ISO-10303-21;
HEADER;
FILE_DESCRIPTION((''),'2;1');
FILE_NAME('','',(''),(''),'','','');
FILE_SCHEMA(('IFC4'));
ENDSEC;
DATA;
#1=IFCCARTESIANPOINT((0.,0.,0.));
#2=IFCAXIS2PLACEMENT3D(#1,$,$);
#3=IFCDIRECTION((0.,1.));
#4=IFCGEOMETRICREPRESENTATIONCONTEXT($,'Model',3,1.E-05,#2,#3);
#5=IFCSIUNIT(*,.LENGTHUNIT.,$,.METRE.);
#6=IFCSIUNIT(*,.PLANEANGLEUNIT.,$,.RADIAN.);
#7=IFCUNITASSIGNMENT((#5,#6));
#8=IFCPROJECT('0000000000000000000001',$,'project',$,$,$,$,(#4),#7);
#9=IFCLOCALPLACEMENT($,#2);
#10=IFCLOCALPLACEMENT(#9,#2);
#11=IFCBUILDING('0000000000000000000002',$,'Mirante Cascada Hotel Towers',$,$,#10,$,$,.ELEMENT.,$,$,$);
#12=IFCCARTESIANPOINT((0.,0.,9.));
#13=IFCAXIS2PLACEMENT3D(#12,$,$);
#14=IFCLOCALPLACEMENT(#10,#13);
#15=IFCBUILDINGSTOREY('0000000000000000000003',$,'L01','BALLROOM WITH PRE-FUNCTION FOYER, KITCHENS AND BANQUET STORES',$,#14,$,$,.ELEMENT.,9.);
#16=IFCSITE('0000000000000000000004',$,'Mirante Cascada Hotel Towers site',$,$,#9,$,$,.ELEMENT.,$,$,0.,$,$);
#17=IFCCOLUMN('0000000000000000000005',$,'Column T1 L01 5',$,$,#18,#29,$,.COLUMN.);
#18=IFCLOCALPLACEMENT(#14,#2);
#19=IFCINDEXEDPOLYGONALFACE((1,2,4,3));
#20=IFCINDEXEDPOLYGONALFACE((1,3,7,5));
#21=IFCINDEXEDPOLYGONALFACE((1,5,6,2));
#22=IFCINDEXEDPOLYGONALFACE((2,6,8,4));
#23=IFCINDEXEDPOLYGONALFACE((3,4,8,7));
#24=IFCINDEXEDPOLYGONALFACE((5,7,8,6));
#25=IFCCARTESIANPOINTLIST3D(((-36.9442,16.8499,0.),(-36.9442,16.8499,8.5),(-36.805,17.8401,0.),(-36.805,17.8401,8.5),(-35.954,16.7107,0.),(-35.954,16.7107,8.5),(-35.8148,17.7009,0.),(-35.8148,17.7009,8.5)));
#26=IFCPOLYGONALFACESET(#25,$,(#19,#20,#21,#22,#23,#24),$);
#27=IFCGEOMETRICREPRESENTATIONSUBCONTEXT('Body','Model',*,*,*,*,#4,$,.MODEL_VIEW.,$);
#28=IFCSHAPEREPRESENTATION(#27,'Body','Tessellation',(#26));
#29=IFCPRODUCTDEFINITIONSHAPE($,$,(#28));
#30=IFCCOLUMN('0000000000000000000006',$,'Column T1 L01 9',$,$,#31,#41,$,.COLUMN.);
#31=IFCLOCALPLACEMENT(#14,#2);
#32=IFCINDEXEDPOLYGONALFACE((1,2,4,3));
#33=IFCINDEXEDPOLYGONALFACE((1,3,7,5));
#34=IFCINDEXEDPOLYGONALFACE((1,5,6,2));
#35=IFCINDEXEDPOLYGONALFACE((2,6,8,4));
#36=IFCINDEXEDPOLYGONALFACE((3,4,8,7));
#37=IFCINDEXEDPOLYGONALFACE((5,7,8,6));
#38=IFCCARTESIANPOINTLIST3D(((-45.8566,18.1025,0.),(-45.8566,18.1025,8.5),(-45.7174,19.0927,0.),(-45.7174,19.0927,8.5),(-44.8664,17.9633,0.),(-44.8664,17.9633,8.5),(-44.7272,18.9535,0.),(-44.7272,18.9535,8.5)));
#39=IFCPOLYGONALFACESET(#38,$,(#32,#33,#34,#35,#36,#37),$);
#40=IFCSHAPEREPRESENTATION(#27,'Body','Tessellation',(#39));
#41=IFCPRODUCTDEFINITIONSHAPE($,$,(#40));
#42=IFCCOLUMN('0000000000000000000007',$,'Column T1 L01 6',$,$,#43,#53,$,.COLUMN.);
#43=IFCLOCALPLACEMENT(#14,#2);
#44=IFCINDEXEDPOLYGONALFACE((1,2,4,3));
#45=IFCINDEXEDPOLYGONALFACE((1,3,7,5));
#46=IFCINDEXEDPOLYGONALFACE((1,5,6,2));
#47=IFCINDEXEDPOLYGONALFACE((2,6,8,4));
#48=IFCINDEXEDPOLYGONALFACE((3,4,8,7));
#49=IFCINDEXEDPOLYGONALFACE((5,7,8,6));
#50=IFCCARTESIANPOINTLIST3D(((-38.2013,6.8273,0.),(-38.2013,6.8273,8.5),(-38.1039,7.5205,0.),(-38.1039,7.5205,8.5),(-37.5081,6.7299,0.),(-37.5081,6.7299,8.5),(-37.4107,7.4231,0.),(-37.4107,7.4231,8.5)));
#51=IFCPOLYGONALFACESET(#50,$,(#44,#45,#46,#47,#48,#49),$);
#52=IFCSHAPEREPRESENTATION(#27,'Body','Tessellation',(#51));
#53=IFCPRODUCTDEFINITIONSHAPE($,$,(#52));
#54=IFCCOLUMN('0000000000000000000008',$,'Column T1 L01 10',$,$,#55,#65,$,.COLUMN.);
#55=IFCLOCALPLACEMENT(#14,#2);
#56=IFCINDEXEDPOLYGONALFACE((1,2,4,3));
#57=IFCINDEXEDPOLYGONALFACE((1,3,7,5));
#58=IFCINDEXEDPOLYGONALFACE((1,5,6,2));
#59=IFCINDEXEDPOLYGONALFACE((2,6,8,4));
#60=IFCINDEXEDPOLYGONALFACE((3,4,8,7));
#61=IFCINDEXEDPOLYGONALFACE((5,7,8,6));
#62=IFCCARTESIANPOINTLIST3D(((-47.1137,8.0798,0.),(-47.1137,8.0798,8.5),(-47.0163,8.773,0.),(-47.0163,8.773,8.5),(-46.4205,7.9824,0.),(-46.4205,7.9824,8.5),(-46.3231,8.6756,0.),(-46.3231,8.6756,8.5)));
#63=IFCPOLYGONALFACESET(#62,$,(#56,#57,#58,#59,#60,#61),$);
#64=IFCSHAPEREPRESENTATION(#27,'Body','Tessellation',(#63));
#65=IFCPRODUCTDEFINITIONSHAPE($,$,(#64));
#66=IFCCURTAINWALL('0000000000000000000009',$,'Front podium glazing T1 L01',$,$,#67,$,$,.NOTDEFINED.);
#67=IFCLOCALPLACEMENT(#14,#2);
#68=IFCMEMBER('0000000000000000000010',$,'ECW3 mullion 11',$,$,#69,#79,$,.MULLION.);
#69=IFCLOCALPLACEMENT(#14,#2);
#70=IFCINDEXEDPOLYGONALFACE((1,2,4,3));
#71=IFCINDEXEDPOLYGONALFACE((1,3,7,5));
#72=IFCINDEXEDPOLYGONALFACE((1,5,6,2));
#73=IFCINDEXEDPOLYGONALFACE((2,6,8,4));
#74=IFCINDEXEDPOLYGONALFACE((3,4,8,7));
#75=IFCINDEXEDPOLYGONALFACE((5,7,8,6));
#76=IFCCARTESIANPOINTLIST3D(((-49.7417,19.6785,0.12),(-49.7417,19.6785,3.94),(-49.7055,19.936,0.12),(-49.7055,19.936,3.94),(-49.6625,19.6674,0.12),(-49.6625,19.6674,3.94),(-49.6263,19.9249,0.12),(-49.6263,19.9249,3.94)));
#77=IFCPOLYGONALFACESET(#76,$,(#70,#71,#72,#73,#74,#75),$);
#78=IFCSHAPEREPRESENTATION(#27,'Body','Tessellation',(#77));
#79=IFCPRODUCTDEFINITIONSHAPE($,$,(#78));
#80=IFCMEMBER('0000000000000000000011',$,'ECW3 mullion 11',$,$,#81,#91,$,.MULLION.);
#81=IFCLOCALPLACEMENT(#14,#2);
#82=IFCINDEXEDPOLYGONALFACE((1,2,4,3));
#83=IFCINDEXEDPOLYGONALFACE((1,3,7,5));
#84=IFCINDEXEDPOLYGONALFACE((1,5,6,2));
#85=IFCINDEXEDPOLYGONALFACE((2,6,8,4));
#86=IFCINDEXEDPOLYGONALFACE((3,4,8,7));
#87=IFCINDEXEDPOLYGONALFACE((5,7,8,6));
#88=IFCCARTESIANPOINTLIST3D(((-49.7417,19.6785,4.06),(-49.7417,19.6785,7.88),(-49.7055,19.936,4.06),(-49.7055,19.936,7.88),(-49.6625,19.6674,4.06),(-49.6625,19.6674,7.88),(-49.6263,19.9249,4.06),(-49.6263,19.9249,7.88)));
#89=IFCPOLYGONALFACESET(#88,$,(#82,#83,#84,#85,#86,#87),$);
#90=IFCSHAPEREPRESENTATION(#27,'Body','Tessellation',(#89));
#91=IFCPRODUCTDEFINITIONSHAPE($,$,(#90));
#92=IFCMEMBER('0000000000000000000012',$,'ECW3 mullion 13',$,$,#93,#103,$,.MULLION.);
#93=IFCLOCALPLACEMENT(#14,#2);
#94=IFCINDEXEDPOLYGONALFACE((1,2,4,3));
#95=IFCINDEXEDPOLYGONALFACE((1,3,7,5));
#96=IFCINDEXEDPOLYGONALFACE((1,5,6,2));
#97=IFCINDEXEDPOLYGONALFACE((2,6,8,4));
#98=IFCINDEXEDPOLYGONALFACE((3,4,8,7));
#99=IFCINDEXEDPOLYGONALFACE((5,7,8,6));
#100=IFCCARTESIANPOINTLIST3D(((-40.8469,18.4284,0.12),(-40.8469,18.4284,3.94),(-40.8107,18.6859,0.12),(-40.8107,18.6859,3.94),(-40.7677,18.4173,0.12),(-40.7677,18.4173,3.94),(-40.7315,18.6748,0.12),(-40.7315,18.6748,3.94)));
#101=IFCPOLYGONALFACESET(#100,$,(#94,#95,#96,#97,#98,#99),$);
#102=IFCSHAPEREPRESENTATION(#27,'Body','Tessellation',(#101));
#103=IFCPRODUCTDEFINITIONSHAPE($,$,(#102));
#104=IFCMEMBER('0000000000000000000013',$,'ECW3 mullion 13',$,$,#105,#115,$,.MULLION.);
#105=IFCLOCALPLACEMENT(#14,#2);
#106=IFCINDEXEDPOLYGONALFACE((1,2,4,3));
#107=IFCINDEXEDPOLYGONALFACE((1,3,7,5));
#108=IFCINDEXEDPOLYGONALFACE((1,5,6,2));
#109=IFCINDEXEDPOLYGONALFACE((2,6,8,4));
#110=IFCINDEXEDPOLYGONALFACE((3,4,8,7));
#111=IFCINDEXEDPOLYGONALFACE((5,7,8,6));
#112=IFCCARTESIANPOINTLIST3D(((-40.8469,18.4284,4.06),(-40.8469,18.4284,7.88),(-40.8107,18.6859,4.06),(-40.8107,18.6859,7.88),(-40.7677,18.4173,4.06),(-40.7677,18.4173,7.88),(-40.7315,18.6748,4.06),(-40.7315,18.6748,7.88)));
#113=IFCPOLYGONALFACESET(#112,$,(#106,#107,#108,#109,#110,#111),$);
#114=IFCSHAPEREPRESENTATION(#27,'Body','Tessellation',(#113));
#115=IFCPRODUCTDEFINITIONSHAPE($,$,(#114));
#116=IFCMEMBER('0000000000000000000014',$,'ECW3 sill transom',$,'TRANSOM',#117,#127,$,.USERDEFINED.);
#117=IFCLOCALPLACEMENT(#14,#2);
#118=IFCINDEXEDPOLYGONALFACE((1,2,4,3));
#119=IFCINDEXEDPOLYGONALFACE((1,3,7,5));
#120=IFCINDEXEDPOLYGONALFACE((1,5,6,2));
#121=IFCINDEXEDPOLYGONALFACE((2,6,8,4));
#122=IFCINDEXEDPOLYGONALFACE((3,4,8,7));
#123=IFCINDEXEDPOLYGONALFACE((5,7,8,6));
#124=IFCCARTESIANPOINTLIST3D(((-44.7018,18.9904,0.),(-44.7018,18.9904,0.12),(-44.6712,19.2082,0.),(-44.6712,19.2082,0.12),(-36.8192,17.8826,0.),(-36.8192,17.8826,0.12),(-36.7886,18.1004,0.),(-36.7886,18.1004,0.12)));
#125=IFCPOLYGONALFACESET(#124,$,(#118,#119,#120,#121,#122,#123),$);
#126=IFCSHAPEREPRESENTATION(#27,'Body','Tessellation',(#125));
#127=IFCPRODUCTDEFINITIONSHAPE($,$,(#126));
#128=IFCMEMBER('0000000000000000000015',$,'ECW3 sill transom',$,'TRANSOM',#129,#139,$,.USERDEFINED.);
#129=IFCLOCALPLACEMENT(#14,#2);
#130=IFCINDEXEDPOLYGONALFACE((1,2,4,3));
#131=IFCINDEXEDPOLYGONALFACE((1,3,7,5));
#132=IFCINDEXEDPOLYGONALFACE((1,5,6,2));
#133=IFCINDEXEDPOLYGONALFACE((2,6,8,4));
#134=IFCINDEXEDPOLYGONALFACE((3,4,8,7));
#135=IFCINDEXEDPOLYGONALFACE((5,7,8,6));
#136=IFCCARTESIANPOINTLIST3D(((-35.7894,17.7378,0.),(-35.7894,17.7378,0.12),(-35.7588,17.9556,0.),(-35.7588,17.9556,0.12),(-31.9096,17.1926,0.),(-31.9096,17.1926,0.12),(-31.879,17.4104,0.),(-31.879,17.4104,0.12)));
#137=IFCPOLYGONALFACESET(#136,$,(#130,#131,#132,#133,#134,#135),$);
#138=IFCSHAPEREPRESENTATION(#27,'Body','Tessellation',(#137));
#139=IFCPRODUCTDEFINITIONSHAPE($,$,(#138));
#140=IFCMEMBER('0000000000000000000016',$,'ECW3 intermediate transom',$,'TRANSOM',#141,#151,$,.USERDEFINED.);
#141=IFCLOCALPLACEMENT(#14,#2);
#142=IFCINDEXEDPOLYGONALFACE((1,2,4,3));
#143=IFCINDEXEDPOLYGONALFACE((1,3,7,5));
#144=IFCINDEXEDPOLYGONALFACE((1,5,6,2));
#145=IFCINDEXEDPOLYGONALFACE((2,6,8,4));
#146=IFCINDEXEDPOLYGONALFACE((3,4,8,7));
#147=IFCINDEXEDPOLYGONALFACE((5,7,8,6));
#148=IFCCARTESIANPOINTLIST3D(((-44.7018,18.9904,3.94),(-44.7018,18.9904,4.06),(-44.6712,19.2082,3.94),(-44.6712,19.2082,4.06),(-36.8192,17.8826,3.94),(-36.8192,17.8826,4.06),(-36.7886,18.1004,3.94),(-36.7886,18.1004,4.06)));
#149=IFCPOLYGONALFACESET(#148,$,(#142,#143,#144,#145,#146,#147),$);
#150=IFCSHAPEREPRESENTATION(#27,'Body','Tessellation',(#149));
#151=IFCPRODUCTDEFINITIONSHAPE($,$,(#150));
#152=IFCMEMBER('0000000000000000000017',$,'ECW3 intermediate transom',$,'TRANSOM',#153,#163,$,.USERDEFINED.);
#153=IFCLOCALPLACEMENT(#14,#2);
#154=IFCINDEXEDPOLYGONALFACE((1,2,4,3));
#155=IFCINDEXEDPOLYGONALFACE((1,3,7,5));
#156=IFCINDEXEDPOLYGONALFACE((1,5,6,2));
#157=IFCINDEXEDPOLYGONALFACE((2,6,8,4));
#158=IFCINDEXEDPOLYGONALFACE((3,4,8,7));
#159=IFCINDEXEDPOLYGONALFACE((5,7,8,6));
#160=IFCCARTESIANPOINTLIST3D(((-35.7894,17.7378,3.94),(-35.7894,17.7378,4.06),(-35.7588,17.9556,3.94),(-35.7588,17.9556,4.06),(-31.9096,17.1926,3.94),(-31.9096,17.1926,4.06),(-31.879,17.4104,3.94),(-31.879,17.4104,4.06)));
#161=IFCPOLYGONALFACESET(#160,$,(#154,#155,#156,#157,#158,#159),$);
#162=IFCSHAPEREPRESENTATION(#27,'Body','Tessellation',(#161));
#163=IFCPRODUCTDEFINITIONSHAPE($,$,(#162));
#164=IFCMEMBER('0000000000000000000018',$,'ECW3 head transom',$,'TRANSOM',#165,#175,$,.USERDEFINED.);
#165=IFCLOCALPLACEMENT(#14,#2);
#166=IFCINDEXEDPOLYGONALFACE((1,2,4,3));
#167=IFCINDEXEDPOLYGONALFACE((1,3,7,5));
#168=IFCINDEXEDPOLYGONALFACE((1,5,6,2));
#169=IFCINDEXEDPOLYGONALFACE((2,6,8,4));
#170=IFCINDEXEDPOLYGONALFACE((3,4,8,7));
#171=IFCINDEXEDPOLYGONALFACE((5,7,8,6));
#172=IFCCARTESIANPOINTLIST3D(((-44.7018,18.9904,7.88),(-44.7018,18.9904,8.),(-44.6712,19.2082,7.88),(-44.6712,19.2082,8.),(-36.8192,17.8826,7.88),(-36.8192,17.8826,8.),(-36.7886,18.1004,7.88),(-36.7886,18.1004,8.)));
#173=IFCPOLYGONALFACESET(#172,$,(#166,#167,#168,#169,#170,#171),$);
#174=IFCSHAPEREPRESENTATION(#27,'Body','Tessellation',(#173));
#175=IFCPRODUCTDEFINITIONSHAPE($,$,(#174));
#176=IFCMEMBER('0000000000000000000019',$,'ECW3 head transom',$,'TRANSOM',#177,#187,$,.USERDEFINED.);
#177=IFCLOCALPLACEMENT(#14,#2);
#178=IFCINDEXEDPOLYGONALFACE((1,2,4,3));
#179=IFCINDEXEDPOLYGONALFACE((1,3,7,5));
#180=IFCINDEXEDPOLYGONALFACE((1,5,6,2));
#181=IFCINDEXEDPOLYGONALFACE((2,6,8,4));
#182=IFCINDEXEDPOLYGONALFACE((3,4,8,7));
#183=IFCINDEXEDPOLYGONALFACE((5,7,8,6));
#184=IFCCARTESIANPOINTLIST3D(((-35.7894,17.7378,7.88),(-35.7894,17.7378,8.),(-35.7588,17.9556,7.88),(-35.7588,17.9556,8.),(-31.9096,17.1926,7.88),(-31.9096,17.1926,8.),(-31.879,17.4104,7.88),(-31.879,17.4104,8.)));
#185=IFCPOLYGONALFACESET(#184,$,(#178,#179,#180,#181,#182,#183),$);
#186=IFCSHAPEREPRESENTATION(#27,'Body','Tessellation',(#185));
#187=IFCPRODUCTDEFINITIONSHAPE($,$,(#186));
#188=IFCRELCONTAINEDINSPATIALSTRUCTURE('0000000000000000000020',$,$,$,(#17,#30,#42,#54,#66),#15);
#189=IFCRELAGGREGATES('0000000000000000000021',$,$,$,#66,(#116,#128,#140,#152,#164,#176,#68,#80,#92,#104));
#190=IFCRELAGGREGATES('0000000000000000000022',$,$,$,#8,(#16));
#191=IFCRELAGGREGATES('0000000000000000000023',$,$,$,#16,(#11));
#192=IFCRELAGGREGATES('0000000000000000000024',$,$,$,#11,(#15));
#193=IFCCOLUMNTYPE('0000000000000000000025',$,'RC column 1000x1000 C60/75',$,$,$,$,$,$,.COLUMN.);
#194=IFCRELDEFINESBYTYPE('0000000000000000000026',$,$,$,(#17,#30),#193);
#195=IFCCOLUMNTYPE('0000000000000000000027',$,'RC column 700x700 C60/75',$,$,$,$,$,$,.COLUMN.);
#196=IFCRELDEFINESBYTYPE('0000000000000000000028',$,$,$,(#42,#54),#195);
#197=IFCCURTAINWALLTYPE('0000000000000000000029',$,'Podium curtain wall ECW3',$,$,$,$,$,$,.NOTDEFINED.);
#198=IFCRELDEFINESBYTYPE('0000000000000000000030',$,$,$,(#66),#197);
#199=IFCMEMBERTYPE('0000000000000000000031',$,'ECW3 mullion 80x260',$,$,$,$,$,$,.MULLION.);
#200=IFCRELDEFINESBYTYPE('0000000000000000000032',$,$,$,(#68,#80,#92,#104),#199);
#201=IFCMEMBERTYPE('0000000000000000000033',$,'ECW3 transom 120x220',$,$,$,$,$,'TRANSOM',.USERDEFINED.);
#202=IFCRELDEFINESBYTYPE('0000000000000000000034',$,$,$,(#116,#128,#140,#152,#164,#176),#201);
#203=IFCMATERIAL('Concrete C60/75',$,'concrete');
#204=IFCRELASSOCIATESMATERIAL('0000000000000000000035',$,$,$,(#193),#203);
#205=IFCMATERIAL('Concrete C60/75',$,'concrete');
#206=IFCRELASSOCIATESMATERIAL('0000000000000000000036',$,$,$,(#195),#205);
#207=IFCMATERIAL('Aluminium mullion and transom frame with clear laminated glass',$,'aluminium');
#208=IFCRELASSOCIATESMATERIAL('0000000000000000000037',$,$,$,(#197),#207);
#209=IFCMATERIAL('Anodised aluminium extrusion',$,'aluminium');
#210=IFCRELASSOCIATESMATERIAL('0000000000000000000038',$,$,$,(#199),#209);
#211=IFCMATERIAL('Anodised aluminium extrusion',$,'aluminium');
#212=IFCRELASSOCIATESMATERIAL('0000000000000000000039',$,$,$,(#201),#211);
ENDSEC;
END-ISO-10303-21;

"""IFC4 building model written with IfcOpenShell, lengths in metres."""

from ifc_helpers import new_model, si_unit, direction, frame, origin, origin_2d, place, context, subcontext, project, spatial, rectangle, extrude, material, material_profile, profile_set, type_object, element, aggregate, save


model = new_model("IFC4")

# Units and contexts
model_context = context("Model", 3, precision=1e-05, world=origin(), true_north=direction((0.0, 1.0)))
body_context = subcontext(model_context, "Body", "Model", "MODEL_VIEW")
ifc_project = project(units=[si_unit("LENGTHUNIT", "METRE"), si_unit("PLANEANGLEUNIT", "RADIAN")], contexts=[model_context])

# Site, building, storey
site_placement = place(None, origin())
site = spatial("IfcSite", under=ifc_project, at=site_placement, Name="Mirante Cascada Hotel Towers site", CompositionType="ELEMENT", RefElevation=0.0)
building_placement = place(site_placement, origin())
building = spatial("IfcBuilding", under=site, at=building_placement, Name="Mirante Cascada Hotel Towers", CompositionType="ELEMENT")
storey_placement = place(building_placement, frame((0.0, 0.0, 9.0)))
storey = spatial("IfcBuildingStorey", under=building, at=storey_placement, Name="L01", Description="BALLROOM WITH PRE-FUNCTION FOYER, KITCHENS AND BANQUET STORES", CompositionType="ELEMENT", Elevation=9.0)

# Columns
ifc_material_1 = material(Name="Concrete C60/75", Category="concrete")
ifc_material_profile_1 = material_profile(ifc_material_1, rectangle(XDim=1.0, YDim=1.0, at=origin_2d()), Name="RC column 1000x1000 C60/75")
ifc_profile_set_1 = profile_set([ifc_material_profile_1], Name="Concrete C60/75")
column_type_1 = type_object("IfcColumnType", Name="RC column 1000x1000 C60/75", PredefinedType="COLUMN", material=ifc_profile_set_1)
for number, where, z_axis, x_axis, name in (
    (1, (-36.3795, 17.2754, 0.0), (0.0, 0.0, 1.0), (-0.990268, 0.139173, 0.0), "Column T1 L01 5"),
    (2, (-45.2919, 18.528, 0.0), (0.0, 0.0, 1.0), (-0.990268, 0.139173, 0.0), "Column T1 L01 9"),
):
    element("IfcColumn", number, at=place(storey_placement, frame(where, z_axis=z_axis, x_axis=x_axis)), inside=storey, type_object=column_type_1, Name=name, PredefinedType="COLUMN", context=body_context, shape_type="SweptSolid", body=[
        extrude(rectangle(XDim=1.0, YDim=1.0, at=origin_2d()), origin(), (0.0, 0.0, 1.0), 8.5),
    ])
ifc_material_2 = material(Name="Concrete C60/75", Category="concrete")
ifc_material_profile_2 = material_profile(ifc_material_2, rectangle(XDim=0.7, YDim=0.7, at=origin_2d()), Name="RC column 700x700 C60/75")
ifc_profile_set_2 = profile_set([ifc_material_profile_2], Name="Concrete C60/75")
column_type_2 = type_object("IfcColumnType", Name="RC column 700x700 C60/75", PredefinedType="COLUMN", material=ifc_profile_set_2)
for number, where, z_axis, x_axis, name in (
    (3, (-37.806, 7.1252, 0.0), (0.0, 0.0, 1.0), (-0.990268, 0.139173, 0.0), "Column T1 L01 6"),
    (4, (-46.7184, 8.3777, 0.0), (0.0, 0.0, 1.0), (-0.990268, 0.139173, 0.0), "Column T1 L01 10"),
):
    element("IfcColumn", number, at=place(storey_placement, frame(where, z_axis=z_axis, x_axis=x_axis)), inside=storey, type_object=column_type_2, Name=name, PredefinedType="COLUMN", context=body_context, shape_type="SweptSolid", body=[
        extrude(rectangle(XDim=0.7, YDim=0.7, at=origin_2d()), origin(), (0.0, 0.0, 1.0), 8.5),
    ])

# Curtain wall, members
ifc_material_3 = material(Name="Aluminium mullion and transom frame with clear laminated glass", Category="aluminium")
curtain_wall_type = type_object("IfcCurtainWallType", Name="Podium curtain wall ECW3", PredefinedType="NOTDEFINED", material=ifc_material_3)
curtain_wall_placement = place(storey_placement, origin())
curtain_wall = element("IfcCurtainWall", 5, at=curtain_wall_placement, inside=storey, type_object=curtain_wall_type, Name="Front podium glazing T1 L01", PredefinedType="NOTDEFINED")
ifc_material_4 = material(Name="Anodised aluminium extrusion", Category="aluminium")
ifc_material_profile_3 = material_profile(ifc_material_4, rectangle(XDim=0.26, YDim=0.08, at=origin_2d()), Name="ECW3 MULLION 80x260")
ifc_profile_set_3 = profile_set([ifc_material_profile_3], Name="Anodised aluminium extrusion")
member_type_1 = type_object("IfcMemberType", Name="ECW3 mullion 80x260", PredefinedType="MULLION", material=ifc_profile_set_3)
member_1_placement = place(storey_placement, frame((-49.684, 19.8017, 0.12), z_axis=(0.0, 0.0, 1.0), x_axis=(0.139173, 0.990268, 0.0)))
member_1 = element("IfcMember", 6, at=member_1_placement, type_object=member_type_1, Name="ECW3 mullion 11", PredefinedType="MULLION", context=body_context, shape_type="SweptSolid", body=[
    extrude(rectangle(XDim=0.26, YDim=0.08, at=origin_2d()), origin(), (0.0, 0.0, 1.0), 3.82),
])
member_2_placement = place(storey_placement, frame((-49.684, 19.8017, 4.06), z_axis=(0.0, 0.0, 1.0), x_axis=(0.139173, 0.990268, 0.0)))
member_2 = element("IfcMember", 7, at=member_2_placement, type_object=member_type_1, Name="ECW3 mullion 11", PredefinedType="MULLION", context=body_context, shape_type="SweptSolid", body=[
    extrude(rectangle(XDim=0.26, YDim=0.08, at=origin_2d()), origin(), (0.0, 0.0, 1.0), 3.82),
])
member_3_placement = place(storey_placement, frame((-40.7892, 18.5516, 0.12), z_axis=(0.0, 0.0, 1.0), x_axis=(0.139173, 0.990268, 0.0)))
member_3 = element("IfcMember", 8, at=member_3_placement, type_object=member_type_1, Name="ECW3 mullion 13", PredefinedType="MULLION", context=body_context, shape_type="SweptSolid", body=[
    extrude(rectangle(XDim=0.26, YDim=0.08, at=origin_2d()), origin(), (0.0, 0.0, 1.0), 3.82),
])
member_4_placement = place(storey_placement, frame((-40.7892, 18.5516, 4.06), z_axis=(0.0, 0.0, 1.0), x_axis=(0.139173, 0.990268, 0.0)))
member_4 = element("IfcMember", 9, at=member_4_placement, type_object=member_type_1, Name="ECW3 mullion 13", PredefinedType="MULLION", context=body_context, shape_type="SweptSolid", body=[
    extrude(rectangle(XDim=0.26, YDim=0.08, at=origin_2d()), origin(), (0.0, 0.0, 1.0), 3.82),
])
ifc_material_5 = material(Name="Anodised aluminium extrusion", Category="aluminium")
ifc_material_profile_4 = material_profile(ifc_material_5, rectangle(XDim=0.22, YDim=0.12, at=origin_2d()), Name="ECW3 TRANSOM 120x220")
ifc_profile_set_4 = profile_set([ifc_material_profile_4], Name="Anodised aluminium extrusion")
member_type_2 = type_object("IfcMemberType", Name="ECW3 transom 120x220", ElementType="TRANSOM", PredefinedType="USERDEFINED", material=ifc_profile_set_4)
member_5_placement = place(storey_placement, frame((-44.6865, 19.0993, 0.06), z_axis=(0.990268, -0.13917, 0.0), x_axis=(0.13917, 0.990268, 0.0)))
member_5 = element("IfcMember", 10, at=member_5_placement, type_object=member_type_2, Name="ECW3 sill transom", ObjectType="TRANSOM", PredefinedType="USERDEFINED", context=body_context, shape_type="SweptSolid", body=[
    extrude(rectangle(XDim=0.22, YDim=0.12, at=origin_2d()), origin(), (0.0, 0.0, 1.0), 7.9601),
])
member_6_placement = place(storey_placement, frame((-35.7741, 17.8467, 0.06), z_axis=(0.990271, -0.139155, 0.0), x_axis=(0.139155, 0.990271, 0.0)))
member_6 = element("IfcMember", 11, at=member_6_placement, type_object=member_type_2, Name="ECW3 sill transom", ObjectType="TRANSOM", PredefinedType="USERDEFINED", context=body_context, shape_type="SweptSolid", body=[
    extrude(rectangle(XDim=0.22, YDim=0.12, at=origin_2d()), origin(), (0.0, 0.0, 1.0), 3.9179),
])
member_7_placement = place(storey_placement, frame((-44.6865, 19.0993, 4.0), z_axis=(0.990268, -0.13917, 0.0), x_axis=(0.13917, 0.990268, 0.0)))
member_7 = element("IfcMember", 12, at=member_7_placement, type_object=member_type_2, Name="ECW3 intermediate transom", ObjectType="TRANSOM", PredefinedType="USERDEFINED", context=body_context, shape_type="SweptSolid", body=[
    extrude(rectangle(XDim=0.22, YDim=0.12, at=origin_2d()), origin(), (0.0, 0.0, 1.0), 7.9601),
])
member_8_placement = place(storey_placement, frame((-35.7741, 17.8467, 4.0), z_axis=(0.990271, -0.139155, 0.0), x_axis=(0.139155, 0.990271, 0.0)))
member_8 = element("IfcMember", 13, at=member_8_placement, type_object=member_type_2, Name="ECW3 intermediate transom", ObjectType="TRANSOM", PredefinedType="USERDEFINED", context=body_context, shape_type="SweptSolid", body=[
    extrude(rectangle(XDim=0.22, YDim=0.12, at=origin_2d()), origin(), (0.0, 0.0, 1.0), 3.9179),
])
member_9_placement = place(storey_placement, frame((-44.6865, 19.0993, 7.94), z_axis=(0.990268, -0.13917, 0.0), x_axis=(0.13917, 0.990268, 0.0)))
member_9 = element("IfcMember", 14, at=member_9_placement, type_object=member_type_2, Name="ECW3 head transom", ObjectType="TRANSOM", PredefinedType="USERDEFINED", context=body_context, shape_type="SweptSolid", body=[
    extrude(rectangle(XDim=0.22, YDim=0.12, at=origin_2d()), origin(), (0.0, 0.0, 1.0), 7.9601),
])
member_10_placement = place(storey_placement, frame((-35.7741, 17.8467, 7.94), z_axis=(0.990271, -0.139155, 0.0), x_axis=(0.139155, 0.990271, 0.0)))
member_10 = element("IfcMember", 15, at=member_10_placement, type_object=member_type_2, Name="ECW3 head transom", ObjectType="TRANSOM", PredefinedType="USERDEFINED", context=body_context, shape_type="SweptSolid", body=[
    extrude(rectangle(XDim=0.22, YDim=0.12, at=origin_2d()), origin(), (0.0, 0.0, 1.0), 3.9179),
])
aggregate(curtain_wall, [member_5, member_6, member_7, member_8, member_9, member_10, member_1, member_2, member_3, member_4])

save(model, "model.ifc")
